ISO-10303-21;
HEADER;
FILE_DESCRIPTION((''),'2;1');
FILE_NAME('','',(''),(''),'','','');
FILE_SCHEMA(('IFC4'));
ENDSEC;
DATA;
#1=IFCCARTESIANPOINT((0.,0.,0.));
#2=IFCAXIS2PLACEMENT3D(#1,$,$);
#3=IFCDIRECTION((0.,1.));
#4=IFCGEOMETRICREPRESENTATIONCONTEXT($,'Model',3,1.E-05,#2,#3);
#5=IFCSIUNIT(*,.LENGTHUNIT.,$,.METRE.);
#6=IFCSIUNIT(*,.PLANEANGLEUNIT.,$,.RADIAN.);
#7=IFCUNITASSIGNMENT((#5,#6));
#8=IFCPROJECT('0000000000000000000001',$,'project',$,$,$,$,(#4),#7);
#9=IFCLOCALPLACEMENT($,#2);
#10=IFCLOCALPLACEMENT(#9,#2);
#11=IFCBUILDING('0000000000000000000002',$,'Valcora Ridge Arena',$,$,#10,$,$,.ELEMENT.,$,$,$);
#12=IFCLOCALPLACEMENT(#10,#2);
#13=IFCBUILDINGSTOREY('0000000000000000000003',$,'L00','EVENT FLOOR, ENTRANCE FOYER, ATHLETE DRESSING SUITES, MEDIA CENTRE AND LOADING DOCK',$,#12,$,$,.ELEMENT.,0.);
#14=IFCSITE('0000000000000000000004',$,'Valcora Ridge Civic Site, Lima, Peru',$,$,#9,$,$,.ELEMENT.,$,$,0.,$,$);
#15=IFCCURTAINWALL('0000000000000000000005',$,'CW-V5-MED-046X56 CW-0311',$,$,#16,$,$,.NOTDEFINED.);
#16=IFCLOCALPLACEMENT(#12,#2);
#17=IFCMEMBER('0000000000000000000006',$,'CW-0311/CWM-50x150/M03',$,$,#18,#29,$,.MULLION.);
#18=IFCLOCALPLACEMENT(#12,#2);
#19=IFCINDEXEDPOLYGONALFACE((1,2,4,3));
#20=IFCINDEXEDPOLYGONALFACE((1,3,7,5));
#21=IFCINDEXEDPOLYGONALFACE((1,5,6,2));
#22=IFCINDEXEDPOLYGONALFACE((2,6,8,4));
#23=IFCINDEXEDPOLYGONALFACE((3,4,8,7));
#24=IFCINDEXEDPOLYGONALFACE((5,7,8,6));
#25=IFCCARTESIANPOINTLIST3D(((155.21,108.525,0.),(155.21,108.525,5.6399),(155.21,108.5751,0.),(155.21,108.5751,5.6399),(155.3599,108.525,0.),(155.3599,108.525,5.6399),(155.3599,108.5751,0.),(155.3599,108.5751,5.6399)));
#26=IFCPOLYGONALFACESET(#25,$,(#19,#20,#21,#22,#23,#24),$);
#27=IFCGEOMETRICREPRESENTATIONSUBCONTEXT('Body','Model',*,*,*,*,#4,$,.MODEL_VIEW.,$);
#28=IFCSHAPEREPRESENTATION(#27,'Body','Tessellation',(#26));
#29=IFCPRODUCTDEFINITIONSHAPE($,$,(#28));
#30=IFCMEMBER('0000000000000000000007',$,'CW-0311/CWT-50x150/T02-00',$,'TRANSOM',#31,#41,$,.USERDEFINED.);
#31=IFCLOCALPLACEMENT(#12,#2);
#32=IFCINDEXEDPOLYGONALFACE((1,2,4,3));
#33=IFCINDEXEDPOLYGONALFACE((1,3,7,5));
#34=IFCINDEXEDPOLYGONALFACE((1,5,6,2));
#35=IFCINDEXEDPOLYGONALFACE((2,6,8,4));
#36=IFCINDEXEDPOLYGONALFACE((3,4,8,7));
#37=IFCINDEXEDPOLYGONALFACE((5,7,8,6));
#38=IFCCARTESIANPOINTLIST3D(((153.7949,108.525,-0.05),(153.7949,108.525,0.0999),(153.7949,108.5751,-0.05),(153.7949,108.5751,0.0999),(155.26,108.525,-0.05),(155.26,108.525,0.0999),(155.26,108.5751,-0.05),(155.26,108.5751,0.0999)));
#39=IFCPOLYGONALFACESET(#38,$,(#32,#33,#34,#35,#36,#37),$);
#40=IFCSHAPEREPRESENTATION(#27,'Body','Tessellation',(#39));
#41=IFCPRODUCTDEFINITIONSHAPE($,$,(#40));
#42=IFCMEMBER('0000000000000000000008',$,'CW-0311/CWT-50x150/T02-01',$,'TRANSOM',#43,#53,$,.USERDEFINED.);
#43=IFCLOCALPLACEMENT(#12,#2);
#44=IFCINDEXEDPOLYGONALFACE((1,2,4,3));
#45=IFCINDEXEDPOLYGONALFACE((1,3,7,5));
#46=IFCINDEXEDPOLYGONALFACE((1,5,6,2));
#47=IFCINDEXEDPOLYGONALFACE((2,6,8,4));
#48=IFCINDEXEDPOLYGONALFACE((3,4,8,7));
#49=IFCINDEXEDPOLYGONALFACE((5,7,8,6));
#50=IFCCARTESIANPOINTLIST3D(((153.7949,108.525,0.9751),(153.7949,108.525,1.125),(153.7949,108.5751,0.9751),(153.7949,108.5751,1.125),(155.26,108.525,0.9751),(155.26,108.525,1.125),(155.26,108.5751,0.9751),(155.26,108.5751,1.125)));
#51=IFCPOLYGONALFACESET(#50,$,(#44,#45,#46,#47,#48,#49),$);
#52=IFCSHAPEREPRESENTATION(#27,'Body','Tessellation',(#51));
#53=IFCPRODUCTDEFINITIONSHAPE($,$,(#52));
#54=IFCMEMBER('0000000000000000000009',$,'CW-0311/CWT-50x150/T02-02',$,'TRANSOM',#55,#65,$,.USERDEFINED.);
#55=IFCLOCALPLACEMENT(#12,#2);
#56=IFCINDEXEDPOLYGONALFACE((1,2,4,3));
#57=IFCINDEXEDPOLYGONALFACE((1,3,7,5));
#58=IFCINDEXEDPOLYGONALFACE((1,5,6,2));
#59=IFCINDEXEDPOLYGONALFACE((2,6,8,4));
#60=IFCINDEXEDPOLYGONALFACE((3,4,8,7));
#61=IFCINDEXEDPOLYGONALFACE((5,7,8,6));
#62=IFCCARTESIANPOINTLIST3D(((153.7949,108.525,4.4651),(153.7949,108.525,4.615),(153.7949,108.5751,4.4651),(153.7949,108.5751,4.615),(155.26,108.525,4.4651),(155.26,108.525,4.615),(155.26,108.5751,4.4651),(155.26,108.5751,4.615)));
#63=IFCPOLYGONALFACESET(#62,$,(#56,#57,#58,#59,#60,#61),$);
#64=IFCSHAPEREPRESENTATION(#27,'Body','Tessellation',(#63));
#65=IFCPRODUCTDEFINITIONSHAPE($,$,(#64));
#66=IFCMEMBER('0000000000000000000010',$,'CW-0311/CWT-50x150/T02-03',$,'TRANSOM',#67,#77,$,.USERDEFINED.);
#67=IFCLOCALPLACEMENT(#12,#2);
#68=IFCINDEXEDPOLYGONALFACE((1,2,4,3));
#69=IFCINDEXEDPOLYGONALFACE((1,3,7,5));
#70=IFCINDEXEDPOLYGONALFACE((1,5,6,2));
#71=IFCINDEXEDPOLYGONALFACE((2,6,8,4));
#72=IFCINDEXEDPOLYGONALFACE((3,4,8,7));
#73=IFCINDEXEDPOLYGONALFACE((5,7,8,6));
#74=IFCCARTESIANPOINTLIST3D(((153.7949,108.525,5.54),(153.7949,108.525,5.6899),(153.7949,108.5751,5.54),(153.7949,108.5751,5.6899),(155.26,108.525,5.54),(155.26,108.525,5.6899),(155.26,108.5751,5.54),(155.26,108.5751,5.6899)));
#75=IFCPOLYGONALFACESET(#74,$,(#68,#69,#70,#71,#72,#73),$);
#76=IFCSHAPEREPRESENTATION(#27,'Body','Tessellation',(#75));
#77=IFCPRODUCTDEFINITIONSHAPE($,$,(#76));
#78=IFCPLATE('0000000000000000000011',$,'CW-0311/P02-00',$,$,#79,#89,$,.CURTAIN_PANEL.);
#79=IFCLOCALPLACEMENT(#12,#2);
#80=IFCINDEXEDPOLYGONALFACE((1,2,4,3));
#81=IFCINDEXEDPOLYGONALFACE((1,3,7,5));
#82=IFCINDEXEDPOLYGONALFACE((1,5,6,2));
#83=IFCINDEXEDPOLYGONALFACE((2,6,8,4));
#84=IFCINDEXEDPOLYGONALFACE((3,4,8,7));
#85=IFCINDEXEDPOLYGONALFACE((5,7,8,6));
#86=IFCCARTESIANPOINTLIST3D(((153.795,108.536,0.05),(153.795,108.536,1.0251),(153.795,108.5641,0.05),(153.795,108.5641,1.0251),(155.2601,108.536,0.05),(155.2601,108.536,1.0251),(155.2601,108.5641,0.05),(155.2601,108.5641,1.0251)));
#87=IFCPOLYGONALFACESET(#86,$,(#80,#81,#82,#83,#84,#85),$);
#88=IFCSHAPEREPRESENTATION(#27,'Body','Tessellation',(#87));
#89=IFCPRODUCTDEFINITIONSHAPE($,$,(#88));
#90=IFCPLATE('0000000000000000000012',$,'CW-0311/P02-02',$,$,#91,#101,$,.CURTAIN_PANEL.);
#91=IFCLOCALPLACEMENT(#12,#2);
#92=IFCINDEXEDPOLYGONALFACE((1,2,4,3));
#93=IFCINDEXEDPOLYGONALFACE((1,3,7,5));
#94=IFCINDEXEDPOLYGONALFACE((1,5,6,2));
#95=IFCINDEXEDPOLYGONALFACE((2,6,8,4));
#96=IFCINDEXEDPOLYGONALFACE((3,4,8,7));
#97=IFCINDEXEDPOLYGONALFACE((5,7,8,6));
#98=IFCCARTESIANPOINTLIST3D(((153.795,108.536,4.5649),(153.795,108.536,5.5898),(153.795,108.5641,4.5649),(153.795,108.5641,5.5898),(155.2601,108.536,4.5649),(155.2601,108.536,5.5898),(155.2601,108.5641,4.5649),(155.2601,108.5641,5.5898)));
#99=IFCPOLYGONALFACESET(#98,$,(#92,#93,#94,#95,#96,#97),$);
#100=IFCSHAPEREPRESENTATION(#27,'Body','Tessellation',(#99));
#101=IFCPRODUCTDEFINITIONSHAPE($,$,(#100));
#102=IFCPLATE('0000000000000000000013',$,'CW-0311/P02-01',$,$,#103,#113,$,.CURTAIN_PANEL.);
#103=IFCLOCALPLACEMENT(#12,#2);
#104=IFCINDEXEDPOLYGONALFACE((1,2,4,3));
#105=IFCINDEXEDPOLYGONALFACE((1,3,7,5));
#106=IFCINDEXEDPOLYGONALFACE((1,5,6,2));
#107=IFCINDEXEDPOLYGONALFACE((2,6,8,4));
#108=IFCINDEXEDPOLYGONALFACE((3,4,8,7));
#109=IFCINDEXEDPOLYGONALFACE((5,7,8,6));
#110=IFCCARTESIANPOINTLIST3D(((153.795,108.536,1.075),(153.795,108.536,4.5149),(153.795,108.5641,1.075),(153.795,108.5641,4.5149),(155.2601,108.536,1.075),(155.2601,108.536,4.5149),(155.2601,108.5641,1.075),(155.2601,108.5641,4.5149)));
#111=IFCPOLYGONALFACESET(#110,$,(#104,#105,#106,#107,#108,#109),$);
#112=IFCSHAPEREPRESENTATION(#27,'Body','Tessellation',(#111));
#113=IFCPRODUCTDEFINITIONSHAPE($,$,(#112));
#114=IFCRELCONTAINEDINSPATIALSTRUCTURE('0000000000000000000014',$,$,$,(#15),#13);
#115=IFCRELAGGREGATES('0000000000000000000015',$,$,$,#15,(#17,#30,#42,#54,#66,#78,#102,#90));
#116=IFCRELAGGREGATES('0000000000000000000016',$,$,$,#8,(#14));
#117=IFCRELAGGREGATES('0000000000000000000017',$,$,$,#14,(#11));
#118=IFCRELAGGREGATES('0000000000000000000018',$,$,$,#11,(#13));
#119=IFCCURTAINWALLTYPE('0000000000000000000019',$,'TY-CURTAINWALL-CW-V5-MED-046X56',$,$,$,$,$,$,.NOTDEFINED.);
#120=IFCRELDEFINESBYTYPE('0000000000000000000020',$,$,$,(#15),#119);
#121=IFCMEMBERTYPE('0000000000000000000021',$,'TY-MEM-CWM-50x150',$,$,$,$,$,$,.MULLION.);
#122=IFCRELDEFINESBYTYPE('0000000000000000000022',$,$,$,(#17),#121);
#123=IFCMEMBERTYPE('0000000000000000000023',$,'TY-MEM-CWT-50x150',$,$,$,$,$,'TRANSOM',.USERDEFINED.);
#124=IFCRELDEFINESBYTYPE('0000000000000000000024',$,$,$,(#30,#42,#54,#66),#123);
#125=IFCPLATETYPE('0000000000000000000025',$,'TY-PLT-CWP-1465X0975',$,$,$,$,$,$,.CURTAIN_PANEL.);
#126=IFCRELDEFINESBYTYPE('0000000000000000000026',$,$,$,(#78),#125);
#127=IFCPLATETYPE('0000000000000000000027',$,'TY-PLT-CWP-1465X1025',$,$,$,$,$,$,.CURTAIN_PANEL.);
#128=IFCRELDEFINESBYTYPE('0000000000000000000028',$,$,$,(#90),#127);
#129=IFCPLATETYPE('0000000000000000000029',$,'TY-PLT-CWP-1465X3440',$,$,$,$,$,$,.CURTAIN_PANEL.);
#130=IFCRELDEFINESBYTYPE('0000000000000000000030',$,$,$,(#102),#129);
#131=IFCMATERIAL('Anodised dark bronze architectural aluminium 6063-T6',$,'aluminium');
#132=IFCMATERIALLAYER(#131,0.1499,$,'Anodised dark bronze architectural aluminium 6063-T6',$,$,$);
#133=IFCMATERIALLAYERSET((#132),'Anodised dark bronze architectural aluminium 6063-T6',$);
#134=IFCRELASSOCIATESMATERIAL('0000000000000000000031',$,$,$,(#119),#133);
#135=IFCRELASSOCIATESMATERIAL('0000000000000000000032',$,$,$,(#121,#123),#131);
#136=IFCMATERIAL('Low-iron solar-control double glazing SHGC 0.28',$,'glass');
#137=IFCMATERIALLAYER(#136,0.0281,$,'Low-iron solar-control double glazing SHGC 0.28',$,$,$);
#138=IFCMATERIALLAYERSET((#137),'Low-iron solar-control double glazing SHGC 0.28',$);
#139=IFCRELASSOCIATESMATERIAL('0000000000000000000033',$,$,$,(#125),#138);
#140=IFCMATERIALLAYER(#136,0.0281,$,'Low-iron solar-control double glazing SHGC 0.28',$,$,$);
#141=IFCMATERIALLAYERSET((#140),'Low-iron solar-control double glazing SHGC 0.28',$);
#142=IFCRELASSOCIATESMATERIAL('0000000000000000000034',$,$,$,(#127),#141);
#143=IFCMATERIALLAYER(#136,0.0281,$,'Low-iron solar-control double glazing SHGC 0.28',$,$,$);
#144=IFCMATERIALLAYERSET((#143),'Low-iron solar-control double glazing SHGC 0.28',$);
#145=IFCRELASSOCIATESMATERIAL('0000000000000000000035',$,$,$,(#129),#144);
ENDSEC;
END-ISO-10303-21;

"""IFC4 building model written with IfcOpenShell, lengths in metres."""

from ifc_helpers import new_model, si_unit, direction, frame, origin, origin_2d, place, context, subcontext, project, spatial, rectangle, extrude, material, layer, layer_set, material_profile, profile_set, type_object, element, aggregate, save


model = new_model("IFC4")

# Units and contexts
model_context = context("Model", 3, precision=1e-05, world=origin(), true_north=direction((0.0, 1.0)))
body_context = subcontext(model_context, "Body", "Model", "MODEL_VIEW")
ifc_project = project(units=[si_unit("LENGTHUNIT", "METRE"), si_unit("PLANEANGLEUNIT", "RADIAN")], contexts=[model_context])

# Site, building, storey
site_placement = place(None, origin())
site = spatial("IfcSite", under=ifc_project, at=site_placement, Name="Valcora Ridge Civic Site, Lima, Peru", CompositionType="ELEMENT", RefElevation=0.0)
building_placement = place(site_placement, origin())
building = spatial("IfcBuilding", under=site, at=building_placement, Name="Valcora Ridge Arena", CompositionType="ELEMENT")
storey_placement = place(building_placement, origin())
storey = spatial("IfcBuildingStorey", under=building, at=storey_placement, Name="L00", Description="EVENT FLOOR, ENTRANCE FOYER, ATHLETE DRESSING SUITES, MEDIA CENTRE AND LOADING DOCK", CompositionType="ELEMENT", Elevation=0.0)

# Curtain wall, members, plates
ifc_material_1 = material(Name="Anodised dark bronze architectural aluminium 6063-T6", Category="aluminium")
ifc_layer_1 = layer(ifc_material_1, 0.1499, Name="Anodised dark bronze architectural aluminium 6063-T6")
ifc_layer_set_1 = layer_set([ifc_layer_1], Name="Anodised dark bronze architectural aluminium 6063-T6")
curtain_wall_type = type_object("IfcCurtainWallType", Name="TY-CURTAINWALL-CW-V5-MED-046X56", PredefinedType="NOTDEFINED", material=ifc_layer_set_1)
curtain_wall_placement = place(storey_placement, origin())
curtain_wall = element("IfcCurtainWall", 1, at=curtain_wall_placement, inside=storey, type_object=curtain_wall_type, Name="CW-V5-MED-046X56 CW-0311", PredefinedType="NOTDEFINED")
ifc_material_profile_1 = material_profile(ifc_material_1, rectangle(XDim=0.05, YDim=0.1499, at=origin_2d()), Name="ALU MULLION 50x150")
ifc_profile_set_1 = profile_set([ifc_material_profile_1], Name="Anodised dark bronze architectural aluminium 6063-T6")
member_type_1 = type_object("IfcMemberType", Name="TY-MEM-CWM-50x150", PredefinedType="MULLION", material=ifc_profile_set_1)
member_1_placement = place(storey_placement, frame((155.2849, 108.55, 0.0), z_axis=(0.0, 0.0, 1.0), x_axis=(0.0, 1.0, 0.0)))
member_1 = element("IfcMember", 2, at=member_1_placement, type_object=member_type_1, Name="CW-0311/CWM-50x150/M03", PredefinedType="MULLION", context=body_context, shape_type="SweptSolid", body=[
    extrude(rectangle(XDim=0.05, YDim=0.1499, at=origin_2d()), origin(), (0.0, 0.0, 1.0), 5.6399),
])
ifc_material_profile_2 = material_profile(ifc_material_1, rectangle(XDim=0.05, YDim=0.1499, at=origin_2d()), Name="ALU TRANSOM 50x150")
ifc_profile_set_2 = profile_set([ifc_material_profile_2], Name="Anodised dark bronze architectural aluminium 6063-T6")
member_type_2 = type_object("IfcMemberType", Name="TY-MEM-CWT-50x150", ElementType="TRANSOM", PredefinedType="USERDEFINED", material=ifc_profile_set_2)
member_2_placement = place(storey_placement, frame((153.7949, 108.55, 0.0249), z_axis=(1.0, 0.0, 0.0), x_axis=(0.0, 1.0, 0.0)))
member_2 = element("IfcMember", 3, at=member_2_placement, type_object=member_type_2, Name="CW-0311/CWT-50x150/T02-00", ObjectType="TRANSOM", PredefinedType="USERDEFINED", context=body_context, shape_type="SweptSolid", body=[
    extrude(rectangle(XDim=0.05, YDim=0.1499, at=origin_2d()), origin(), (0.0, 0.0, 1.0), 1.4651),
])
member_3_placement = place(storey_placement, frame((153.7949, 108.55, 1.05), z_axis=(1.0, 0.0, 0.0), x_axis=(0.0, 1.0, 0.0)))
member_3 = element("IfcMember", 4, at=member_3_placement, type_object=member_type_2, Name="CW-0311/CWT-50x150/T02-01", ObjectType="TRANSOM", PredefinedType="USERDEFINED", context=body_context, shape_type="SweptSolid", body=[
    extrude(rectangle(XDim=0.05, YDim=0.1499, at=origin_2d()), origin(), (0.0, 0.0, 1.0), 1.4651),
])
member_4_placement = place(storey_placement, frame((153.7949, 108.55, 4.54), z_axis=(1.0, 0.0, 0.0), x_axis=(0.0, 1.0, 0.0)))
member_4 = element("IfcMember", 5, at=member_4_placement, type_object=member_type_2, Name="CW-0311/CWT-50x150/T02-02", ObjectType="TRANSOM", PredefinedType="USERDEFINED", context=body_context, shape_type="SweptSolid", body=[
    extrude(rectangle(XDim=0.05, YDim=0.1499, at=origin_2d()), origin(), (0.0, 0.0, 1.0), 1.4651),
])
member_5_placement = place(storey_placement, frame((153.7949, 108.55, 5.615), z_axis=(1.0, 0.0, 0.0), x_axis=(0.0, 1.0, 0.0)))
member_5 = element("IfcMember", 6, at=member_5_placement, type_object=member_type_2, Name="CW-0311/CWT-50x150/T02-03", ObjectType="TRANSOM", PredefinedType="USERDEFINED", context=body_context, shape_type="SweptSolid", body=[
    extrude(rectangle(XDim=0.05, YDim=0.1499, at=origin_2d()), origin(), (0.0, 0.0, 1.0), 1.4651),
])
ifc_material_2 = material(Name="Low-iron solar-control double glazing SHGC 0.28", Category="glass")
ifc_layer_2 = layer(ifc_material_2, 0.0281, Name="Low-iron solar-control double glazing SHGC 0.28")
ifc_layer_set_2 = layer_set([ifc_layer_2], Name="Low-iron solar-control double glazing SHGC 0.28")
plate_type_1 = type_object("IfcPlateType", Name="TY-PLT-CWP-1465X0975", PredefinedType="CURTAIN_PANEL", material=ifc_layer_set_2)
plate_1_placement = place(storey_placement, frame((154.5276, 108.55, 0.05), z_axis=(0.0, 0.0, 1.0), x_axis=(1.0, 0.0, 0.0)))
plate_1 = element("IfcPlate", 7, at=plate_1_placement, type_object=plate_type_1, Name="CW-0311/P02-00", PredefinedType="CURTAIN_PANEL", context=body_context, shape_type="SweptSolid", body=[
    extrude(rectangle(XDim=1.4651, YDim=0.0281, at=origin_2d()), origin(), (0.0, 0.0, 1.0), 0.9751),
])
ifc_layer_3 = layer(ifc_material_2, 0.0281, Name="Low-iron solar-control double glazing SHGC 0.28")
ifc_layer_set_3 = layer_set([ifc_layer_3], Name="Low-iron solar-control double glazing SHGC 0.28")
plate_type_2 = type_object("IfcPlateType", Name="TY-PLT-CWP-1465X1025", PredefinedType="CURTAIN_PANEL", material=ifc_layer_set_3)
plate_2_placement = place(storey_placement, frame((154.5276, 108.55, 4.5649), z_axis=(0.0, 0.0, 1.0), x_axis=(1.0, 0.0, 0.0)))
plate_2 = element("IfcPlate", 8, at=plate_2_placement, type_object=plate_type_2, Name="CW-0311/P02-02", PredefinedType="CURTAIN_PANEL", context=body_context, shape_type="SweptSolid", body=[
    extrude(rectangle(XDim=1.4651, YDim=0.0281, at=origin_2d()), origin(), (0.0, 0.0, 1.0), 1.0249),
])
ifc_layer_4 = layer(ifc_material_2, 0.0281, Name="Low-iron solar-control double glazing SHGC 0.28")
ifc_layer_set_4 = layer_set([ifc_layer_4], Name="Low-iron solar-control double glazing SHGC 0.28")
plate_type_3 = type_object("IfcPlateType", Name="TY-PLT-CWP-1465X3440", PredefinedType="CURTAIN_PANEL", material=ifc_layer_set_4)
plate_3_placement = place(storey_placement, frame((154.5276, 108.55, 1.075), z_axis=(0.0, 0.0, 1.0), x_axis=(1.0, 0.0, 0.0)))
plate_3 = element("IfcPlate", 9, at=plate_3_placement, type_object=plate_type_3, Name="CW-0311/P02-01", PredefinedType="CURTAIN_PANEL", context=body_context, shape_type="SweptSolid", body=[
    extrude(rectangle(XDim=1.4651, YDim=0.0281, at=origin_2d()), origin(), (0.0, 0.0, 1.0), 3.4399),
])
aggregate(curtain_wall, [member_1, member_2, member_3, member_4, member_5, plate_1, plate_3, plate_2])

save(model, "model.ifc")
